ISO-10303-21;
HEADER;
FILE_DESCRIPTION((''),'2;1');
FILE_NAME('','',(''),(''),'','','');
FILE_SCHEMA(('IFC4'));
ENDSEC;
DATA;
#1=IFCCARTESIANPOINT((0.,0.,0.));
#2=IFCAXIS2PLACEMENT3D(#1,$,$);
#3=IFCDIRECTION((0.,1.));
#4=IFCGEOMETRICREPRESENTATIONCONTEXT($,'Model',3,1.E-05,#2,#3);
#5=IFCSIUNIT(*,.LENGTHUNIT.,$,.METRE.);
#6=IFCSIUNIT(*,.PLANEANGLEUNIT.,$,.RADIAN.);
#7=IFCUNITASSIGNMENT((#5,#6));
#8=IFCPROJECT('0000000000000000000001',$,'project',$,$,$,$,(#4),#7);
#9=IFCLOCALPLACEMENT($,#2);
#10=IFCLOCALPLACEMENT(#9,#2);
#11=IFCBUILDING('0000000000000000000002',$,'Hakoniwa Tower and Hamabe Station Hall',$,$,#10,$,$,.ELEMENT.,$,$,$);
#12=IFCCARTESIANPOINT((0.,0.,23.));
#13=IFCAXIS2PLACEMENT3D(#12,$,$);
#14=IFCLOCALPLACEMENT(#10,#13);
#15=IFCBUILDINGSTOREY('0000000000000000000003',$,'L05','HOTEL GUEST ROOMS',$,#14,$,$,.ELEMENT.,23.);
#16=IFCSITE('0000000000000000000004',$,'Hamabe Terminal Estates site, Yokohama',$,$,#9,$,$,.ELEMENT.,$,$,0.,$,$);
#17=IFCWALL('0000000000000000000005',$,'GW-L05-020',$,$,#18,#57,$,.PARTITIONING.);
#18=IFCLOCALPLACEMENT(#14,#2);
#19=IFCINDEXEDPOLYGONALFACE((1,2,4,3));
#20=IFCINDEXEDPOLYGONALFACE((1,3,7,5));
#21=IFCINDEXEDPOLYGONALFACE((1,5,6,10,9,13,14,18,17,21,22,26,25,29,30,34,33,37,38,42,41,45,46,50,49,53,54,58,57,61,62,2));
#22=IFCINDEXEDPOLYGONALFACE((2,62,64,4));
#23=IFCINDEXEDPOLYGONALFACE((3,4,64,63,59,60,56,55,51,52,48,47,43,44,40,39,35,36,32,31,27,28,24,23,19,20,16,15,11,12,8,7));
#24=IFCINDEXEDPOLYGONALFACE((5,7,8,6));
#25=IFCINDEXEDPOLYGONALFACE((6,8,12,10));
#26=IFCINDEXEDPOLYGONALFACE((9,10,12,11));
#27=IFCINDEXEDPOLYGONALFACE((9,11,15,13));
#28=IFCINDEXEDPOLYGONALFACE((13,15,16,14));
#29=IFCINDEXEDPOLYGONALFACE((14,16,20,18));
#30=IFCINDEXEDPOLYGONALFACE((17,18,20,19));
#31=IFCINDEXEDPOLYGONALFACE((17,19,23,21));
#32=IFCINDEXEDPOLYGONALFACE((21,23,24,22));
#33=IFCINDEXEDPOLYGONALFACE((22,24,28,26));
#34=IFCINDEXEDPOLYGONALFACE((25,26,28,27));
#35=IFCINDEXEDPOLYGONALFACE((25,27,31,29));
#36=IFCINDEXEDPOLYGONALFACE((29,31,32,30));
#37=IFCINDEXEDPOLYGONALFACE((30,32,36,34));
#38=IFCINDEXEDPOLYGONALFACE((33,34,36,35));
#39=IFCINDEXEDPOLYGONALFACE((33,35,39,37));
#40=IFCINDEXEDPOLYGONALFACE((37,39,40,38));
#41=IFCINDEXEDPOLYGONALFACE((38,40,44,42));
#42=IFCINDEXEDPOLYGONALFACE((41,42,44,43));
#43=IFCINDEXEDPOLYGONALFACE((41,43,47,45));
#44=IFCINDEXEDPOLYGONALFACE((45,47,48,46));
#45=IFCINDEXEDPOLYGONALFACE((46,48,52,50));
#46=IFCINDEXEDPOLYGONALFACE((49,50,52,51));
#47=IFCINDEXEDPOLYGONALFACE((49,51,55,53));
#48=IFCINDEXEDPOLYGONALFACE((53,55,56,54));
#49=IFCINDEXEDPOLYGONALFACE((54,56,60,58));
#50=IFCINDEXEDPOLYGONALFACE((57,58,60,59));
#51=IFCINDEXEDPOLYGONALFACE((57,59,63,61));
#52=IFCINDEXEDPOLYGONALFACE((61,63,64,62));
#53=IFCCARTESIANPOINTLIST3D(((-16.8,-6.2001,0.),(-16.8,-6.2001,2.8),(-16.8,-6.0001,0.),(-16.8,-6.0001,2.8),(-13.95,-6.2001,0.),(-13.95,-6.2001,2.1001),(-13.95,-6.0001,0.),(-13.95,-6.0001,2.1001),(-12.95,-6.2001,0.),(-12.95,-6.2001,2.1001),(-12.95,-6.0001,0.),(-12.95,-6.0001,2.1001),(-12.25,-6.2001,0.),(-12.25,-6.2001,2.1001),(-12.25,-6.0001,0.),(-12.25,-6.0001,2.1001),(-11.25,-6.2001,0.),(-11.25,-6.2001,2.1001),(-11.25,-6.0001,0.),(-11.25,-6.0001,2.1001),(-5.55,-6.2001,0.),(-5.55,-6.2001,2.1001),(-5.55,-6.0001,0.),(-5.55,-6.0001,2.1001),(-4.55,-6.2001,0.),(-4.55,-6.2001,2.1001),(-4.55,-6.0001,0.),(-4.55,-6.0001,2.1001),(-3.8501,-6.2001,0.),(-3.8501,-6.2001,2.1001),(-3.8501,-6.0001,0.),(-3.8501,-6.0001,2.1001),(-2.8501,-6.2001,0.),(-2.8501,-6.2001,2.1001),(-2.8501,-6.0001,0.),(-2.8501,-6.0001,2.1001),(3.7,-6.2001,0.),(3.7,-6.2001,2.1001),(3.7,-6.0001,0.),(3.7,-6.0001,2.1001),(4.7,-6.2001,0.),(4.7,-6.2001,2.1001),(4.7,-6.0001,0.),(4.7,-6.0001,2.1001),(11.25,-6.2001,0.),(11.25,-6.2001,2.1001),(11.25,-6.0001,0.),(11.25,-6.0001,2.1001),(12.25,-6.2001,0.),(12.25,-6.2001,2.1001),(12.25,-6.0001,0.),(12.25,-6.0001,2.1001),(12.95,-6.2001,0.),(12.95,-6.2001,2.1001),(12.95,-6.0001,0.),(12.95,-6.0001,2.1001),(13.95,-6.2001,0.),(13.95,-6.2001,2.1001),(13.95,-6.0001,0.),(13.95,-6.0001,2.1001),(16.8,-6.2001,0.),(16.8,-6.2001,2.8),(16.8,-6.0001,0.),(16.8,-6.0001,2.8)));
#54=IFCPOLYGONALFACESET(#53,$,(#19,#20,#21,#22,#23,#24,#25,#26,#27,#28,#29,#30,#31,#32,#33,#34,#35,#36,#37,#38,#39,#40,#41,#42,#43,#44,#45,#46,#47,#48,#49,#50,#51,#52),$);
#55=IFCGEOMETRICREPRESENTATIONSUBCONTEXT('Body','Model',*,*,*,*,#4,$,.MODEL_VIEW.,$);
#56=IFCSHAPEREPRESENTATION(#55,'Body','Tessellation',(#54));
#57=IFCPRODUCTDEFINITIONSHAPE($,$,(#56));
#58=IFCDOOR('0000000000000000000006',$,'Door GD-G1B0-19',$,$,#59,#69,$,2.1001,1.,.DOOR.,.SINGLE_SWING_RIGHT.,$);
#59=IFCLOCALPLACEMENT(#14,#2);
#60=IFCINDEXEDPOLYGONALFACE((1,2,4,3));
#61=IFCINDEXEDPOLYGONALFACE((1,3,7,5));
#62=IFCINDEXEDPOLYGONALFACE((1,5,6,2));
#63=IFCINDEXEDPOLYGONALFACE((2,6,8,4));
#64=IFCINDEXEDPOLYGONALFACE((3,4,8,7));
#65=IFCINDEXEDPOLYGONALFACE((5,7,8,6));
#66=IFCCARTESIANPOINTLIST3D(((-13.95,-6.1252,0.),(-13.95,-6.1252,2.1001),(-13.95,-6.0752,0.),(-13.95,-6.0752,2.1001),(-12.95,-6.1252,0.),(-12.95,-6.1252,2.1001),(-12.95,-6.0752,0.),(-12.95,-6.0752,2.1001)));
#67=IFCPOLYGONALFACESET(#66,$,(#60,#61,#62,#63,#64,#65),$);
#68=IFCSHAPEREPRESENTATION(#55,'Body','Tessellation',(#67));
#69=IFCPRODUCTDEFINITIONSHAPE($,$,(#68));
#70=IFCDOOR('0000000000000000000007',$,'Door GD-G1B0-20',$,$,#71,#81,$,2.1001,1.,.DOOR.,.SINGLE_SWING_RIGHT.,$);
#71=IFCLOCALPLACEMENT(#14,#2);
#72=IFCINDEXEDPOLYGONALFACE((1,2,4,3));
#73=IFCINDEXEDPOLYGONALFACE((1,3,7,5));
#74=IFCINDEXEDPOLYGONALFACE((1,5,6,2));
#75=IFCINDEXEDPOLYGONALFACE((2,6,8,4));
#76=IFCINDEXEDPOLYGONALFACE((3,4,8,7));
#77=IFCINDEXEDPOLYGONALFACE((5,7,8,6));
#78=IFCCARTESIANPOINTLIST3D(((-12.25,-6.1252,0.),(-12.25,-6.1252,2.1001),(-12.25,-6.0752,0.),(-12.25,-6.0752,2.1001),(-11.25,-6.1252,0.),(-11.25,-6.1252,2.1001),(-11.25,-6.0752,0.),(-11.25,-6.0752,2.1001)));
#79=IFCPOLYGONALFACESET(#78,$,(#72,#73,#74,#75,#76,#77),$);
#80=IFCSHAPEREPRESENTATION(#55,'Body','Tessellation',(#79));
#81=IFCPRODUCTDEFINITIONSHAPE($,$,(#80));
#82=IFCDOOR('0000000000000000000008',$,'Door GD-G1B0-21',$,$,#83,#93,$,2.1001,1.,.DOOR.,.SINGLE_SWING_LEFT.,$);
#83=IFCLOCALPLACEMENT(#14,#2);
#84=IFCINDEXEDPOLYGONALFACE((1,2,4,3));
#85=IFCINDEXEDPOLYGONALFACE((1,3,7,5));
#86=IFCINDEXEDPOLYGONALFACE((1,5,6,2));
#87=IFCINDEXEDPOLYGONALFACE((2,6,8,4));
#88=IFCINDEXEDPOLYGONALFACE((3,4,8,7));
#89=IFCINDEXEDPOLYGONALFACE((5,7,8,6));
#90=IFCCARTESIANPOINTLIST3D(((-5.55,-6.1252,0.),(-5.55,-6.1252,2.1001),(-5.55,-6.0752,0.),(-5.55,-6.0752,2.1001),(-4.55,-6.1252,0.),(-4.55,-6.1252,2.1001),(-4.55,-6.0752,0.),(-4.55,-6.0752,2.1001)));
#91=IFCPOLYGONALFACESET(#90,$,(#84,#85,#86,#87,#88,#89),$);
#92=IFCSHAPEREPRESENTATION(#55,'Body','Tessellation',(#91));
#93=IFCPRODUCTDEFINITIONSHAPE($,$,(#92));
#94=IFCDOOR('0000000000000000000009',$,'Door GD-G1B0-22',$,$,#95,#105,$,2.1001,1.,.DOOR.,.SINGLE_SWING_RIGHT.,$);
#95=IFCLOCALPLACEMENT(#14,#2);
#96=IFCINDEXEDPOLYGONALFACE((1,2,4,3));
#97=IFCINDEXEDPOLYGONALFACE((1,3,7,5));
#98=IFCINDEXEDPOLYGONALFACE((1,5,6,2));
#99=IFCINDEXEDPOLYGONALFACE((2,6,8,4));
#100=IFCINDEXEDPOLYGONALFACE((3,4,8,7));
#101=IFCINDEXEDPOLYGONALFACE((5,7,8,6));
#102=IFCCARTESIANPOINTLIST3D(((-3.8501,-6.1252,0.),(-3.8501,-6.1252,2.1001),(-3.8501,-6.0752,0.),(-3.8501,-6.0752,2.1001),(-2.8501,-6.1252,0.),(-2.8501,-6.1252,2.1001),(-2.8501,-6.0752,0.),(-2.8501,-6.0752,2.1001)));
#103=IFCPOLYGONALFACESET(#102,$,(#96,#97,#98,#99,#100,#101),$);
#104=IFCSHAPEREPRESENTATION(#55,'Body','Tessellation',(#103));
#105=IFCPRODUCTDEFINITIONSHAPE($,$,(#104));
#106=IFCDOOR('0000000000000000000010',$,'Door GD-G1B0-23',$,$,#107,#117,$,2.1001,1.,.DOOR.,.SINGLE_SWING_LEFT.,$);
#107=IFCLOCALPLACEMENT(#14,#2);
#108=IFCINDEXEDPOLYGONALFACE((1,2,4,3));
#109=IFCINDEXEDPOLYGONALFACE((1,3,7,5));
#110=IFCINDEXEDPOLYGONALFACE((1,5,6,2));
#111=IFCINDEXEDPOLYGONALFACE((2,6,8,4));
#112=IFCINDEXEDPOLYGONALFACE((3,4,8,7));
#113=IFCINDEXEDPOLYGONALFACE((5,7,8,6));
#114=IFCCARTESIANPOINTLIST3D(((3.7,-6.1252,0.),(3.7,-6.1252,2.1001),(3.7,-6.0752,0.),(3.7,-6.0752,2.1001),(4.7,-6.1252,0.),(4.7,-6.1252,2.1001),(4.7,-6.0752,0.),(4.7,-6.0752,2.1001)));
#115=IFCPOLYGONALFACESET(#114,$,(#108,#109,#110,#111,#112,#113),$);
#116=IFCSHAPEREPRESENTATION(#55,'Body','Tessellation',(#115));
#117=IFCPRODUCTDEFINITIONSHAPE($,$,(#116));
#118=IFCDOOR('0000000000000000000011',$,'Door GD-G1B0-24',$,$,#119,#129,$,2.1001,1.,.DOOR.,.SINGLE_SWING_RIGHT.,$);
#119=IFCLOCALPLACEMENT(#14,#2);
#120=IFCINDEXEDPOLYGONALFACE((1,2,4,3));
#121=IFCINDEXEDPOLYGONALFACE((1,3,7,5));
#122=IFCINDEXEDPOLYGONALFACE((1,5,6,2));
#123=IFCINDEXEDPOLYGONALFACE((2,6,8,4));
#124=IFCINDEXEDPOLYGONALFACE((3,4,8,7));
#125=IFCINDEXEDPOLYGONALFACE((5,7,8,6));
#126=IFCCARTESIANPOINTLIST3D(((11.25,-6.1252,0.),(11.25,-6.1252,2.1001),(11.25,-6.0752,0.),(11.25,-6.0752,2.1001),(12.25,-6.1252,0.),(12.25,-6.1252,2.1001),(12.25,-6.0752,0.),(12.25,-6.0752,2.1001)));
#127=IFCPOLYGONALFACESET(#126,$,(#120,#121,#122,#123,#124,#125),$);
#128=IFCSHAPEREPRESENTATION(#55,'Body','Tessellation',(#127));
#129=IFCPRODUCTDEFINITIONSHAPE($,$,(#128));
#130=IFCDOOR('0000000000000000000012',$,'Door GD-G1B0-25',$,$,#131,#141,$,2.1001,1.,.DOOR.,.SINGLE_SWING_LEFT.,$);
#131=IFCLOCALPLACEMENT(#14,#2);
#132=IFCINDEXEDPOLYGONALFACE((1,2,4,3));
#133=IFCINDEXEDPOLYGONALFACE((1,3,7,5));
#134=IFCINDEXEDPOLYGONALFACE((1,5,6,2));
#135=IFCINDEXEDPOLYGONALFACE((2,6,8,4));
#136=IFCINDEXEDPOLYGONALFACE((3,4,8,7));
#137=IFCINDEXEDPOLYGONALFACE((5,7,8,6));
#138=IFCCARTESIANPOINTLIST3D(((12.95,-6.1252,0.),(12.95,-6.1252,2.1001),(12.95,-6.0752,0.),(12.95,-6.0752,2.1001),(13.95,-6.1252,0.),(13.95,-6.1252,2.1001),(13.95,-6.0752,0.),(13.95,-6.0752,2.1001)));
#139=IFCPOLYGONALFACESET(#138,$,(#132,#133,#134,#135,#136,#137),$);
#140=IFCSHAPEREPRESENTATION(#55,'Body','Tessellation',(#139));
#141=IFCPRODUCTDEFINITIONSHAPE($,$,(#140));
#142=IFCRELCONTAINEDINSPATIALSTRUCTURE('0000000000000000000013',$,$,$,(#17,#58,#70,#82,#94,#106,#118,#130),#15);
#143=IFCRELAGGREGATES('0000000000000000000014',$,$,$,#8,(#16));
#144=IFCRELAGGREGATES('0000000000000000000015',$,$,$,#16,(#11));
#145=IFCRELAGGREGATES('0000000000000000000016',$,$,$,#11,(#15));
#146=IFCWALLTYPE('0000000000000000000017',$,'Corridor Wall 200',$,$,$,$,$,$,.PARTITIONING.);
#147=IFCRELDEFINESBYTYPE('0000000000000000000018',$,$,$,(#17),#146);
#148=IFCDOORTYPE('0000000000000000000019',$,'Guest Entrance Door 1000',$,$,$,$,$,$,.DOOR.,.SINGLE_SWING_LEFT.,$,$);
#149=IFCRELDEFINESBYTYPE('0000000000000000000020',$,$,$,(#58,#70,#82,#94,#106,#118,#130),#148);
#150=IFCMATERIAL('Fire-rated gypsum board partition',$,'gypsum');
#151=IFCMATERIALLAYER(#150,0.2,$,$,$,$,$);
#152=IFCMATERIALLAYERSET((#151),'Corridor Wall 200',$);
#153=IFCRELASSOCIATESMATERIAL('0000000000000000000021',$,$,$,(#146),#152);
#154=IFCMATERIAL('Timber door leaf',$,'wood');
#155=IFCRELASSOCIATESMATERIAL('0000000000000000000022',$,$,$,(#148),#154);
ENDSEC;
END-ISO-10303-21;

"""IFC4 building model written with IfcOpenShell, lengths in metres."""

from ifc_helpers import new_model, si_unit, direction, frame, frame_2d, origin, place, context, subcontext, project, spatial, rectangle, extrude, material, layer, layer_set, type_object, element, fill, save


model = new_model("IFC4")

# Units and contexts
model_context = context("Model", 3, precision=1e-05, world=origin(), true_north=direction((0.0, 1.0)))
body_context = subcontext(model_context, "Body", "Model", "MODEL_VIEW")
ifc_project = project(units=[si_unit("LENGTHUNIT", "METRE"), si_unit("PLANEANGLEUNIT", "RADIAN")], contexts=[model_context])

# Site, building, storey
site_placement = place(None, origin())
site = spatial("IfcSite", under=ifc_project, at=site_placement, Name="Hamabe Terminal Estates site, Yokohama", CompositionType="ELEMENT", RefElevation=0.0)
building_placement = place(site_placement, origin())
building = spatial("IfcBuilding", under=site, at=building_placement, Name="Hakoniwa Tower and Hamabe Station Hall", CompositionType="ELEMENT")
storey_placement = place(building_placement, frame((0.0, 0.0, 23.0)))
storey = spatial("IfcBuildingStorey", under=building, at=storey_placement, Name="L05", Description="HOTEL GUEST ROOMS", CompositionType="ELEMENT", Elevation=23.0)

# Wall, openings, doors
ifc_material_1 = material(Name="Fire-rated gypsum board partition", Category="gypsum")
ifc_layer_1 = layer(ifc_material_1, 0.2)
ifc_layer_set_1 = layer_set([ifc_layer_1], Name="Corridor Wall 200")
wall_type_1 = type_object("IfcWallType", Name="Corridor Wall 200", PredefinedType="PARTITIONING", material=ifc_layer_set_1)
wall_1_placement = place(storey_placement, frame((-16.8, -6.1001, 0.0), z_axis=(0.0, 0.0, 1.0), x_axis=(1.0, 0.0, 0.0)))
wall_1 = element("IfcWall", 1, at=wall_1_placement, inside=storey, type_object=wall_type_1, Name="GW-L05-020", PredefinedType="PARTITIONING", context=body_context, shape_type="SweptSolid", body=[
    extrude(rectangle(XDim=33.6001, YDim=0.2, at=frame_2d((16.8, 0.0))), origin(), (0.0, 0.0, 1.0), 2.8),
])
opening_1_placement = place(wall_1_placement, frame((2.8501, 0.0, 0.0)))
opening_1 = element("IfcOpeningElement", 2, at=opening_1_placement, cuts=wall_1, PredefinedType="OPENING", context=body_context, shape_type="SweptSolid", body=[
    extrude(rectangle(XDim=1.0, YDim=2.1001, at=frame_2d((0.5, 1.05))), frame((0.0, 0.1099, 0.0), z_axis=(0.0, -1.0, 0.0), x_axis=(1.0, 0.0, 0.0)), (0.0, 0.0, 1.0), 0.22),
])
opening_2_placement = place(wall_1_placement, frame((4.55, 0.0, 0.0)))
opening_2 = element("IfcOpeningElement", 3, at=opening_2_placement, cuts=wall_1, PredefinedType="OPENING", context=body_context, shape_type="SweptSolid", body=[
    extrude(rectangle(XDim=1.0, YDim=2.1001, at=frame_2d((0.5, 1.05))), frame((0.0, 0.1099, 0.0), z_axis=(0.0, -1.0, 0.0), x_axis=(1.0, 0.0, 0.0)), (0.0, 0.0, 1.0), 0.22),
])
opening_3_placement = place(wall_1_placement, frame((11.25, 0.0, 0.0)))
opening_3 = element("IfcOpeningElement", 4, at=opening_3_placement, cuts=wall_1, PredefinedType="OPENING", context=body_context, shape_type="SweptSolid", body=[
    extrude(rectangle(XDim=1.0, YDim=2.1001, at=frame_2d((0.5, 1.05))), frame((0.0, 0.1099, 0.0), z_axis=(0.0, -1.0, 0.0), x_axis=(1.0, 0.0, 0.0)), (0.0, 0.0, 1.0), 0.22),
])
opening_4_placement = place(wall_1_placement, frame((12.95, 0.0, 0.0)))
opening_4 = element("IfcOpeningElement", 5, at=opening_4_placement, cuts=wall_1, PredefinedType="OPENING", context=body_context, shape_type="SweptSolid", body=[
    extrude(rectangle(XDim=1.0, YDim=2.1001, at=frame_2d((0.5, 1.05))), frame((0.0, 0.1099, 0.0), z_axis=(0.0, -1.0, 0.0), x_axis=(1.0, 0.0, 0.0)), (0.0, 0.0, 1.0), 0.22),
])
opening_5_placement = place(wall_1_placement, frame((20.5, 0.0, 0.0)))
opening_5 = element("IfcOpeningElement", 6, at=opening_5_placement, cuts=wall_1, PredefinedType="OPENING", context=body_context, shape_type="SweptSolid", body=[
    extrude(rectangle(XDim=1.0, YDim=2.1001, at=frame_2d((0.5, 1.05))), frame((0.0, 0.1099, 0.0), z_axis=(0.0, -1.0, 0.0), x_axis=(1.0, 0.0, 0.0)), (0.0, 0.0, 1.0), 0.22),
])
opening_6_placement = place(wall_1_placement, frame((28.05, 0.0, 0.0)))
opening_6 = element("IfcOpeningElement", 7, at=opening_6_placement, cuts=wall_1, PredefinedType="OPENING", context=body_context, shape_type="SweptSolid", body=[
    extrude(rectangle(XDim=1.0, YDim=2.1001, at=frame_2d((0.5, 1.05))), frame((0.0, 0.1099, 0.0), z_axis=(0.0, -1.0, 0.0), x_axis=(1.0, 0.0, 0.0)), (0.0, 0.0, 1.0), 0.22),
])
opening_7_placement = place(wall_1_placement, frame((29.75, 0.0, 0.0)))
opening_7 = element("IfcOpeningElement", 8, at=opening_7_placement, cuts=wall_1, PredefinedType="OPENING", context=body_context, shape_type="SweptSolid", body=[
    extrude(rectangle(XDim=1.0, YDim=2.1001, at=frame_2d((0.5, 1.05))), frame((0.0, 0.1099, 0.0), z_axis=(0.0, -1.0, 0.0), x_axis=(1.0, 0.0, 0.0)), (0.0, 0.0, 1.0), 0.22),
])
ifc_material_2 = material(Name="Timber door leaf", Category="wood")
door_type_1 = type_object("IfcDoorType", Name="Guest Entrance Door 1000", OperationType="SINGLE_SWING_LEFT", PredefinedType="DOOR", material=ifc_material_2)
door_1_placement = place(opening_1_placement, origin())
door_1 = element("IfcDoor", 9, at=door_1_placement, inside=storey, type_object=door_type_1, Name="Door GD-G1B0-19", OperationType="SINGLE_SWING_RIGHT", OverallHeight=2.1001, OverallWidth=1.0, PredefinedType="DOOR", context=body_context, shape_type="SweptSolid", body=[
    extrude(rectangle(XDim=1.0, YDim=2.1001, at=frame_2d((0.5, 1.05))), frame((0.0, 0.0249, 0.0), z_axis=(0.0, -1.0, 0.0), x_axis=(1.0, 0.0, 0.0)), (0.0, 0.0, 1.0), 0.05),
])
fill(opening_1, door_1)
door_2_placement = place(opening_2_placement, origin())
door_2 = element("IfcDoor", 10, at=door_2_placement, inside=storey, type_object=door_type_1, Name="Door GD-G1B0-20", OperationType="SINGLE_SWING_RIGHT", OverallHeight=2.1001, OverallWidth=1.0, PredefinedType="DOOR", context=body_context, shape_type="SweptSolid", body=[
    extrude(rectangle(XDim=1.0, YDim=2.1001, at=frame_2d((0.5, 1.05))), frame((0.0, 0.0249, 0.0), z_axis=(0.0, -1.0, 0.0), x_axis=(1.0, 0.0, 0.0)), (0.0, 0.0, 1.0), 0.05),
])
fill(opening_2, door_2)
door_3_placement = place(opening_3_placement, origin())
door_3 = element("IfcDoor", 11, at=door_3_placement, inside=storey, type_object=door_type_1, Name="Door GD-G1B0-21", OperationType="SINGLE_SWING_LEFT", OverallHeight=2.1001, OverallWidth=1.0, PredefinedType="DOOR", context=body_context, shape_type="SweptSolid", body=[
    extrude(rectangle(XDim=1.0, YDim=2.1001, at=frame_2d((0.5, 1.05))), frame((0.0, 0.0249, 0.0), z_axis=(0.0, -1.0, 0.0), x_axis=(1.0, 0.0, 0.0)), (0.0, 0.0, 1.0), 0.05),
])
fill(opening_3, door_3)
door_4_placement = place(opening_4_placement, origin())
door_4 = element("IfcDoor", 12, at=door_4_placement, inside=storey, type_object=door_type_1, Name="Door GD-G1B0-22", OperationType="SINGLE_SWING_RIGHT", OverallHeight=2.1001, OverallWidth=1.0, PredefinedType="DOOR", context=body_context, shape_type="SweptSolid", body=[
    extrude(rectangle(XDim=1.0, YDim=2.1001, at=frame_2d((0.5, 1.05))), frame((0.0, 0.0249, 0.0), z_axis=(0.0, -1.0, 0.0), x_axis=(1.0, 0.0, 0.0)), (0.0, 0.0, 1.0), 0.05),
])
fill(opening_4, door_4)
door_5_placement = place(opening_5_placement, origin())
door_5 = element("IfcDoor", 13, at=door_5_placement, inside=storey, type_object=door_type_1, Name="Door GD-G1B0-23", OperationType="SINGLE_SWING_LEFT", OverallHeight=2.1001, OverallWidth=1.0, PredefinedType="DOOR", context=body_context, shape_type="SweptSolid", body=[
    extrude(rectangle(XDim=1.0, YDim=2.1001, at=frame_2d((0.5, 1.05))), frame((0.0, 0.0249, 0.0), z_axis=(0.0, -1.0, 0.0), x_axis=(1.0, 0.0, 0.0)), (0.0, 0.0, 1.0), 0.05),
])
fill(opening_5, door_5)
door_6_placement = place(opening_6_placement, origin())
door_6 = element("IfcDoor", 14, at=door_6_placement, inside=storey, type_object=door_type_1, Name="Door GD-G1B0-24", OperationType="SINGLE_SWING_RIGHT", OverallHeight=2.1001, OverallWidth=1.0, PredefinedType="DOOR", context=body_context, shape_type="SweptSolid", body=[
    extrude(rectangle(XDim=1.0, YDim=2.1001, at=frame_2d((0.5, 1.05))), frame((0.0, 0.0249, 0.0), z_axis=(0.0, -1.0, 0.0), x_axis=(1.0, 0.0, 0.0)), (0.0, 0.0, 1.0), 0.05),
])
fill(opening_6, door_6)
door_7_placement = place(opening_7_placement, origin())
door_7 = element("IfcDoor", 15, at=door_7_placement, inside=storey, type_object=door_type_1, Name="Door GD-G1B0-25", OperationType="SINGLE_SWING_LEFT", OverallHeight=2.1001, OverallWidth=1.0, PredefinedType="DOOR", context=body_context, shape_type="SweptSolid", body=[
    extrude(rectangle(XDim=1.0, YDim=2.1001, at=frame_2d((0.5, 1.05))), frame((0.0, 0.0249, 0.0), z_axis=(0.0, -1.0, 0.0), x_axis=(1.0, 0.0, 0.0)), (0.0, 0.0, 1.0), 0.05),
])
fill(opening_7, door_7)

save(model, "model.ifc")
